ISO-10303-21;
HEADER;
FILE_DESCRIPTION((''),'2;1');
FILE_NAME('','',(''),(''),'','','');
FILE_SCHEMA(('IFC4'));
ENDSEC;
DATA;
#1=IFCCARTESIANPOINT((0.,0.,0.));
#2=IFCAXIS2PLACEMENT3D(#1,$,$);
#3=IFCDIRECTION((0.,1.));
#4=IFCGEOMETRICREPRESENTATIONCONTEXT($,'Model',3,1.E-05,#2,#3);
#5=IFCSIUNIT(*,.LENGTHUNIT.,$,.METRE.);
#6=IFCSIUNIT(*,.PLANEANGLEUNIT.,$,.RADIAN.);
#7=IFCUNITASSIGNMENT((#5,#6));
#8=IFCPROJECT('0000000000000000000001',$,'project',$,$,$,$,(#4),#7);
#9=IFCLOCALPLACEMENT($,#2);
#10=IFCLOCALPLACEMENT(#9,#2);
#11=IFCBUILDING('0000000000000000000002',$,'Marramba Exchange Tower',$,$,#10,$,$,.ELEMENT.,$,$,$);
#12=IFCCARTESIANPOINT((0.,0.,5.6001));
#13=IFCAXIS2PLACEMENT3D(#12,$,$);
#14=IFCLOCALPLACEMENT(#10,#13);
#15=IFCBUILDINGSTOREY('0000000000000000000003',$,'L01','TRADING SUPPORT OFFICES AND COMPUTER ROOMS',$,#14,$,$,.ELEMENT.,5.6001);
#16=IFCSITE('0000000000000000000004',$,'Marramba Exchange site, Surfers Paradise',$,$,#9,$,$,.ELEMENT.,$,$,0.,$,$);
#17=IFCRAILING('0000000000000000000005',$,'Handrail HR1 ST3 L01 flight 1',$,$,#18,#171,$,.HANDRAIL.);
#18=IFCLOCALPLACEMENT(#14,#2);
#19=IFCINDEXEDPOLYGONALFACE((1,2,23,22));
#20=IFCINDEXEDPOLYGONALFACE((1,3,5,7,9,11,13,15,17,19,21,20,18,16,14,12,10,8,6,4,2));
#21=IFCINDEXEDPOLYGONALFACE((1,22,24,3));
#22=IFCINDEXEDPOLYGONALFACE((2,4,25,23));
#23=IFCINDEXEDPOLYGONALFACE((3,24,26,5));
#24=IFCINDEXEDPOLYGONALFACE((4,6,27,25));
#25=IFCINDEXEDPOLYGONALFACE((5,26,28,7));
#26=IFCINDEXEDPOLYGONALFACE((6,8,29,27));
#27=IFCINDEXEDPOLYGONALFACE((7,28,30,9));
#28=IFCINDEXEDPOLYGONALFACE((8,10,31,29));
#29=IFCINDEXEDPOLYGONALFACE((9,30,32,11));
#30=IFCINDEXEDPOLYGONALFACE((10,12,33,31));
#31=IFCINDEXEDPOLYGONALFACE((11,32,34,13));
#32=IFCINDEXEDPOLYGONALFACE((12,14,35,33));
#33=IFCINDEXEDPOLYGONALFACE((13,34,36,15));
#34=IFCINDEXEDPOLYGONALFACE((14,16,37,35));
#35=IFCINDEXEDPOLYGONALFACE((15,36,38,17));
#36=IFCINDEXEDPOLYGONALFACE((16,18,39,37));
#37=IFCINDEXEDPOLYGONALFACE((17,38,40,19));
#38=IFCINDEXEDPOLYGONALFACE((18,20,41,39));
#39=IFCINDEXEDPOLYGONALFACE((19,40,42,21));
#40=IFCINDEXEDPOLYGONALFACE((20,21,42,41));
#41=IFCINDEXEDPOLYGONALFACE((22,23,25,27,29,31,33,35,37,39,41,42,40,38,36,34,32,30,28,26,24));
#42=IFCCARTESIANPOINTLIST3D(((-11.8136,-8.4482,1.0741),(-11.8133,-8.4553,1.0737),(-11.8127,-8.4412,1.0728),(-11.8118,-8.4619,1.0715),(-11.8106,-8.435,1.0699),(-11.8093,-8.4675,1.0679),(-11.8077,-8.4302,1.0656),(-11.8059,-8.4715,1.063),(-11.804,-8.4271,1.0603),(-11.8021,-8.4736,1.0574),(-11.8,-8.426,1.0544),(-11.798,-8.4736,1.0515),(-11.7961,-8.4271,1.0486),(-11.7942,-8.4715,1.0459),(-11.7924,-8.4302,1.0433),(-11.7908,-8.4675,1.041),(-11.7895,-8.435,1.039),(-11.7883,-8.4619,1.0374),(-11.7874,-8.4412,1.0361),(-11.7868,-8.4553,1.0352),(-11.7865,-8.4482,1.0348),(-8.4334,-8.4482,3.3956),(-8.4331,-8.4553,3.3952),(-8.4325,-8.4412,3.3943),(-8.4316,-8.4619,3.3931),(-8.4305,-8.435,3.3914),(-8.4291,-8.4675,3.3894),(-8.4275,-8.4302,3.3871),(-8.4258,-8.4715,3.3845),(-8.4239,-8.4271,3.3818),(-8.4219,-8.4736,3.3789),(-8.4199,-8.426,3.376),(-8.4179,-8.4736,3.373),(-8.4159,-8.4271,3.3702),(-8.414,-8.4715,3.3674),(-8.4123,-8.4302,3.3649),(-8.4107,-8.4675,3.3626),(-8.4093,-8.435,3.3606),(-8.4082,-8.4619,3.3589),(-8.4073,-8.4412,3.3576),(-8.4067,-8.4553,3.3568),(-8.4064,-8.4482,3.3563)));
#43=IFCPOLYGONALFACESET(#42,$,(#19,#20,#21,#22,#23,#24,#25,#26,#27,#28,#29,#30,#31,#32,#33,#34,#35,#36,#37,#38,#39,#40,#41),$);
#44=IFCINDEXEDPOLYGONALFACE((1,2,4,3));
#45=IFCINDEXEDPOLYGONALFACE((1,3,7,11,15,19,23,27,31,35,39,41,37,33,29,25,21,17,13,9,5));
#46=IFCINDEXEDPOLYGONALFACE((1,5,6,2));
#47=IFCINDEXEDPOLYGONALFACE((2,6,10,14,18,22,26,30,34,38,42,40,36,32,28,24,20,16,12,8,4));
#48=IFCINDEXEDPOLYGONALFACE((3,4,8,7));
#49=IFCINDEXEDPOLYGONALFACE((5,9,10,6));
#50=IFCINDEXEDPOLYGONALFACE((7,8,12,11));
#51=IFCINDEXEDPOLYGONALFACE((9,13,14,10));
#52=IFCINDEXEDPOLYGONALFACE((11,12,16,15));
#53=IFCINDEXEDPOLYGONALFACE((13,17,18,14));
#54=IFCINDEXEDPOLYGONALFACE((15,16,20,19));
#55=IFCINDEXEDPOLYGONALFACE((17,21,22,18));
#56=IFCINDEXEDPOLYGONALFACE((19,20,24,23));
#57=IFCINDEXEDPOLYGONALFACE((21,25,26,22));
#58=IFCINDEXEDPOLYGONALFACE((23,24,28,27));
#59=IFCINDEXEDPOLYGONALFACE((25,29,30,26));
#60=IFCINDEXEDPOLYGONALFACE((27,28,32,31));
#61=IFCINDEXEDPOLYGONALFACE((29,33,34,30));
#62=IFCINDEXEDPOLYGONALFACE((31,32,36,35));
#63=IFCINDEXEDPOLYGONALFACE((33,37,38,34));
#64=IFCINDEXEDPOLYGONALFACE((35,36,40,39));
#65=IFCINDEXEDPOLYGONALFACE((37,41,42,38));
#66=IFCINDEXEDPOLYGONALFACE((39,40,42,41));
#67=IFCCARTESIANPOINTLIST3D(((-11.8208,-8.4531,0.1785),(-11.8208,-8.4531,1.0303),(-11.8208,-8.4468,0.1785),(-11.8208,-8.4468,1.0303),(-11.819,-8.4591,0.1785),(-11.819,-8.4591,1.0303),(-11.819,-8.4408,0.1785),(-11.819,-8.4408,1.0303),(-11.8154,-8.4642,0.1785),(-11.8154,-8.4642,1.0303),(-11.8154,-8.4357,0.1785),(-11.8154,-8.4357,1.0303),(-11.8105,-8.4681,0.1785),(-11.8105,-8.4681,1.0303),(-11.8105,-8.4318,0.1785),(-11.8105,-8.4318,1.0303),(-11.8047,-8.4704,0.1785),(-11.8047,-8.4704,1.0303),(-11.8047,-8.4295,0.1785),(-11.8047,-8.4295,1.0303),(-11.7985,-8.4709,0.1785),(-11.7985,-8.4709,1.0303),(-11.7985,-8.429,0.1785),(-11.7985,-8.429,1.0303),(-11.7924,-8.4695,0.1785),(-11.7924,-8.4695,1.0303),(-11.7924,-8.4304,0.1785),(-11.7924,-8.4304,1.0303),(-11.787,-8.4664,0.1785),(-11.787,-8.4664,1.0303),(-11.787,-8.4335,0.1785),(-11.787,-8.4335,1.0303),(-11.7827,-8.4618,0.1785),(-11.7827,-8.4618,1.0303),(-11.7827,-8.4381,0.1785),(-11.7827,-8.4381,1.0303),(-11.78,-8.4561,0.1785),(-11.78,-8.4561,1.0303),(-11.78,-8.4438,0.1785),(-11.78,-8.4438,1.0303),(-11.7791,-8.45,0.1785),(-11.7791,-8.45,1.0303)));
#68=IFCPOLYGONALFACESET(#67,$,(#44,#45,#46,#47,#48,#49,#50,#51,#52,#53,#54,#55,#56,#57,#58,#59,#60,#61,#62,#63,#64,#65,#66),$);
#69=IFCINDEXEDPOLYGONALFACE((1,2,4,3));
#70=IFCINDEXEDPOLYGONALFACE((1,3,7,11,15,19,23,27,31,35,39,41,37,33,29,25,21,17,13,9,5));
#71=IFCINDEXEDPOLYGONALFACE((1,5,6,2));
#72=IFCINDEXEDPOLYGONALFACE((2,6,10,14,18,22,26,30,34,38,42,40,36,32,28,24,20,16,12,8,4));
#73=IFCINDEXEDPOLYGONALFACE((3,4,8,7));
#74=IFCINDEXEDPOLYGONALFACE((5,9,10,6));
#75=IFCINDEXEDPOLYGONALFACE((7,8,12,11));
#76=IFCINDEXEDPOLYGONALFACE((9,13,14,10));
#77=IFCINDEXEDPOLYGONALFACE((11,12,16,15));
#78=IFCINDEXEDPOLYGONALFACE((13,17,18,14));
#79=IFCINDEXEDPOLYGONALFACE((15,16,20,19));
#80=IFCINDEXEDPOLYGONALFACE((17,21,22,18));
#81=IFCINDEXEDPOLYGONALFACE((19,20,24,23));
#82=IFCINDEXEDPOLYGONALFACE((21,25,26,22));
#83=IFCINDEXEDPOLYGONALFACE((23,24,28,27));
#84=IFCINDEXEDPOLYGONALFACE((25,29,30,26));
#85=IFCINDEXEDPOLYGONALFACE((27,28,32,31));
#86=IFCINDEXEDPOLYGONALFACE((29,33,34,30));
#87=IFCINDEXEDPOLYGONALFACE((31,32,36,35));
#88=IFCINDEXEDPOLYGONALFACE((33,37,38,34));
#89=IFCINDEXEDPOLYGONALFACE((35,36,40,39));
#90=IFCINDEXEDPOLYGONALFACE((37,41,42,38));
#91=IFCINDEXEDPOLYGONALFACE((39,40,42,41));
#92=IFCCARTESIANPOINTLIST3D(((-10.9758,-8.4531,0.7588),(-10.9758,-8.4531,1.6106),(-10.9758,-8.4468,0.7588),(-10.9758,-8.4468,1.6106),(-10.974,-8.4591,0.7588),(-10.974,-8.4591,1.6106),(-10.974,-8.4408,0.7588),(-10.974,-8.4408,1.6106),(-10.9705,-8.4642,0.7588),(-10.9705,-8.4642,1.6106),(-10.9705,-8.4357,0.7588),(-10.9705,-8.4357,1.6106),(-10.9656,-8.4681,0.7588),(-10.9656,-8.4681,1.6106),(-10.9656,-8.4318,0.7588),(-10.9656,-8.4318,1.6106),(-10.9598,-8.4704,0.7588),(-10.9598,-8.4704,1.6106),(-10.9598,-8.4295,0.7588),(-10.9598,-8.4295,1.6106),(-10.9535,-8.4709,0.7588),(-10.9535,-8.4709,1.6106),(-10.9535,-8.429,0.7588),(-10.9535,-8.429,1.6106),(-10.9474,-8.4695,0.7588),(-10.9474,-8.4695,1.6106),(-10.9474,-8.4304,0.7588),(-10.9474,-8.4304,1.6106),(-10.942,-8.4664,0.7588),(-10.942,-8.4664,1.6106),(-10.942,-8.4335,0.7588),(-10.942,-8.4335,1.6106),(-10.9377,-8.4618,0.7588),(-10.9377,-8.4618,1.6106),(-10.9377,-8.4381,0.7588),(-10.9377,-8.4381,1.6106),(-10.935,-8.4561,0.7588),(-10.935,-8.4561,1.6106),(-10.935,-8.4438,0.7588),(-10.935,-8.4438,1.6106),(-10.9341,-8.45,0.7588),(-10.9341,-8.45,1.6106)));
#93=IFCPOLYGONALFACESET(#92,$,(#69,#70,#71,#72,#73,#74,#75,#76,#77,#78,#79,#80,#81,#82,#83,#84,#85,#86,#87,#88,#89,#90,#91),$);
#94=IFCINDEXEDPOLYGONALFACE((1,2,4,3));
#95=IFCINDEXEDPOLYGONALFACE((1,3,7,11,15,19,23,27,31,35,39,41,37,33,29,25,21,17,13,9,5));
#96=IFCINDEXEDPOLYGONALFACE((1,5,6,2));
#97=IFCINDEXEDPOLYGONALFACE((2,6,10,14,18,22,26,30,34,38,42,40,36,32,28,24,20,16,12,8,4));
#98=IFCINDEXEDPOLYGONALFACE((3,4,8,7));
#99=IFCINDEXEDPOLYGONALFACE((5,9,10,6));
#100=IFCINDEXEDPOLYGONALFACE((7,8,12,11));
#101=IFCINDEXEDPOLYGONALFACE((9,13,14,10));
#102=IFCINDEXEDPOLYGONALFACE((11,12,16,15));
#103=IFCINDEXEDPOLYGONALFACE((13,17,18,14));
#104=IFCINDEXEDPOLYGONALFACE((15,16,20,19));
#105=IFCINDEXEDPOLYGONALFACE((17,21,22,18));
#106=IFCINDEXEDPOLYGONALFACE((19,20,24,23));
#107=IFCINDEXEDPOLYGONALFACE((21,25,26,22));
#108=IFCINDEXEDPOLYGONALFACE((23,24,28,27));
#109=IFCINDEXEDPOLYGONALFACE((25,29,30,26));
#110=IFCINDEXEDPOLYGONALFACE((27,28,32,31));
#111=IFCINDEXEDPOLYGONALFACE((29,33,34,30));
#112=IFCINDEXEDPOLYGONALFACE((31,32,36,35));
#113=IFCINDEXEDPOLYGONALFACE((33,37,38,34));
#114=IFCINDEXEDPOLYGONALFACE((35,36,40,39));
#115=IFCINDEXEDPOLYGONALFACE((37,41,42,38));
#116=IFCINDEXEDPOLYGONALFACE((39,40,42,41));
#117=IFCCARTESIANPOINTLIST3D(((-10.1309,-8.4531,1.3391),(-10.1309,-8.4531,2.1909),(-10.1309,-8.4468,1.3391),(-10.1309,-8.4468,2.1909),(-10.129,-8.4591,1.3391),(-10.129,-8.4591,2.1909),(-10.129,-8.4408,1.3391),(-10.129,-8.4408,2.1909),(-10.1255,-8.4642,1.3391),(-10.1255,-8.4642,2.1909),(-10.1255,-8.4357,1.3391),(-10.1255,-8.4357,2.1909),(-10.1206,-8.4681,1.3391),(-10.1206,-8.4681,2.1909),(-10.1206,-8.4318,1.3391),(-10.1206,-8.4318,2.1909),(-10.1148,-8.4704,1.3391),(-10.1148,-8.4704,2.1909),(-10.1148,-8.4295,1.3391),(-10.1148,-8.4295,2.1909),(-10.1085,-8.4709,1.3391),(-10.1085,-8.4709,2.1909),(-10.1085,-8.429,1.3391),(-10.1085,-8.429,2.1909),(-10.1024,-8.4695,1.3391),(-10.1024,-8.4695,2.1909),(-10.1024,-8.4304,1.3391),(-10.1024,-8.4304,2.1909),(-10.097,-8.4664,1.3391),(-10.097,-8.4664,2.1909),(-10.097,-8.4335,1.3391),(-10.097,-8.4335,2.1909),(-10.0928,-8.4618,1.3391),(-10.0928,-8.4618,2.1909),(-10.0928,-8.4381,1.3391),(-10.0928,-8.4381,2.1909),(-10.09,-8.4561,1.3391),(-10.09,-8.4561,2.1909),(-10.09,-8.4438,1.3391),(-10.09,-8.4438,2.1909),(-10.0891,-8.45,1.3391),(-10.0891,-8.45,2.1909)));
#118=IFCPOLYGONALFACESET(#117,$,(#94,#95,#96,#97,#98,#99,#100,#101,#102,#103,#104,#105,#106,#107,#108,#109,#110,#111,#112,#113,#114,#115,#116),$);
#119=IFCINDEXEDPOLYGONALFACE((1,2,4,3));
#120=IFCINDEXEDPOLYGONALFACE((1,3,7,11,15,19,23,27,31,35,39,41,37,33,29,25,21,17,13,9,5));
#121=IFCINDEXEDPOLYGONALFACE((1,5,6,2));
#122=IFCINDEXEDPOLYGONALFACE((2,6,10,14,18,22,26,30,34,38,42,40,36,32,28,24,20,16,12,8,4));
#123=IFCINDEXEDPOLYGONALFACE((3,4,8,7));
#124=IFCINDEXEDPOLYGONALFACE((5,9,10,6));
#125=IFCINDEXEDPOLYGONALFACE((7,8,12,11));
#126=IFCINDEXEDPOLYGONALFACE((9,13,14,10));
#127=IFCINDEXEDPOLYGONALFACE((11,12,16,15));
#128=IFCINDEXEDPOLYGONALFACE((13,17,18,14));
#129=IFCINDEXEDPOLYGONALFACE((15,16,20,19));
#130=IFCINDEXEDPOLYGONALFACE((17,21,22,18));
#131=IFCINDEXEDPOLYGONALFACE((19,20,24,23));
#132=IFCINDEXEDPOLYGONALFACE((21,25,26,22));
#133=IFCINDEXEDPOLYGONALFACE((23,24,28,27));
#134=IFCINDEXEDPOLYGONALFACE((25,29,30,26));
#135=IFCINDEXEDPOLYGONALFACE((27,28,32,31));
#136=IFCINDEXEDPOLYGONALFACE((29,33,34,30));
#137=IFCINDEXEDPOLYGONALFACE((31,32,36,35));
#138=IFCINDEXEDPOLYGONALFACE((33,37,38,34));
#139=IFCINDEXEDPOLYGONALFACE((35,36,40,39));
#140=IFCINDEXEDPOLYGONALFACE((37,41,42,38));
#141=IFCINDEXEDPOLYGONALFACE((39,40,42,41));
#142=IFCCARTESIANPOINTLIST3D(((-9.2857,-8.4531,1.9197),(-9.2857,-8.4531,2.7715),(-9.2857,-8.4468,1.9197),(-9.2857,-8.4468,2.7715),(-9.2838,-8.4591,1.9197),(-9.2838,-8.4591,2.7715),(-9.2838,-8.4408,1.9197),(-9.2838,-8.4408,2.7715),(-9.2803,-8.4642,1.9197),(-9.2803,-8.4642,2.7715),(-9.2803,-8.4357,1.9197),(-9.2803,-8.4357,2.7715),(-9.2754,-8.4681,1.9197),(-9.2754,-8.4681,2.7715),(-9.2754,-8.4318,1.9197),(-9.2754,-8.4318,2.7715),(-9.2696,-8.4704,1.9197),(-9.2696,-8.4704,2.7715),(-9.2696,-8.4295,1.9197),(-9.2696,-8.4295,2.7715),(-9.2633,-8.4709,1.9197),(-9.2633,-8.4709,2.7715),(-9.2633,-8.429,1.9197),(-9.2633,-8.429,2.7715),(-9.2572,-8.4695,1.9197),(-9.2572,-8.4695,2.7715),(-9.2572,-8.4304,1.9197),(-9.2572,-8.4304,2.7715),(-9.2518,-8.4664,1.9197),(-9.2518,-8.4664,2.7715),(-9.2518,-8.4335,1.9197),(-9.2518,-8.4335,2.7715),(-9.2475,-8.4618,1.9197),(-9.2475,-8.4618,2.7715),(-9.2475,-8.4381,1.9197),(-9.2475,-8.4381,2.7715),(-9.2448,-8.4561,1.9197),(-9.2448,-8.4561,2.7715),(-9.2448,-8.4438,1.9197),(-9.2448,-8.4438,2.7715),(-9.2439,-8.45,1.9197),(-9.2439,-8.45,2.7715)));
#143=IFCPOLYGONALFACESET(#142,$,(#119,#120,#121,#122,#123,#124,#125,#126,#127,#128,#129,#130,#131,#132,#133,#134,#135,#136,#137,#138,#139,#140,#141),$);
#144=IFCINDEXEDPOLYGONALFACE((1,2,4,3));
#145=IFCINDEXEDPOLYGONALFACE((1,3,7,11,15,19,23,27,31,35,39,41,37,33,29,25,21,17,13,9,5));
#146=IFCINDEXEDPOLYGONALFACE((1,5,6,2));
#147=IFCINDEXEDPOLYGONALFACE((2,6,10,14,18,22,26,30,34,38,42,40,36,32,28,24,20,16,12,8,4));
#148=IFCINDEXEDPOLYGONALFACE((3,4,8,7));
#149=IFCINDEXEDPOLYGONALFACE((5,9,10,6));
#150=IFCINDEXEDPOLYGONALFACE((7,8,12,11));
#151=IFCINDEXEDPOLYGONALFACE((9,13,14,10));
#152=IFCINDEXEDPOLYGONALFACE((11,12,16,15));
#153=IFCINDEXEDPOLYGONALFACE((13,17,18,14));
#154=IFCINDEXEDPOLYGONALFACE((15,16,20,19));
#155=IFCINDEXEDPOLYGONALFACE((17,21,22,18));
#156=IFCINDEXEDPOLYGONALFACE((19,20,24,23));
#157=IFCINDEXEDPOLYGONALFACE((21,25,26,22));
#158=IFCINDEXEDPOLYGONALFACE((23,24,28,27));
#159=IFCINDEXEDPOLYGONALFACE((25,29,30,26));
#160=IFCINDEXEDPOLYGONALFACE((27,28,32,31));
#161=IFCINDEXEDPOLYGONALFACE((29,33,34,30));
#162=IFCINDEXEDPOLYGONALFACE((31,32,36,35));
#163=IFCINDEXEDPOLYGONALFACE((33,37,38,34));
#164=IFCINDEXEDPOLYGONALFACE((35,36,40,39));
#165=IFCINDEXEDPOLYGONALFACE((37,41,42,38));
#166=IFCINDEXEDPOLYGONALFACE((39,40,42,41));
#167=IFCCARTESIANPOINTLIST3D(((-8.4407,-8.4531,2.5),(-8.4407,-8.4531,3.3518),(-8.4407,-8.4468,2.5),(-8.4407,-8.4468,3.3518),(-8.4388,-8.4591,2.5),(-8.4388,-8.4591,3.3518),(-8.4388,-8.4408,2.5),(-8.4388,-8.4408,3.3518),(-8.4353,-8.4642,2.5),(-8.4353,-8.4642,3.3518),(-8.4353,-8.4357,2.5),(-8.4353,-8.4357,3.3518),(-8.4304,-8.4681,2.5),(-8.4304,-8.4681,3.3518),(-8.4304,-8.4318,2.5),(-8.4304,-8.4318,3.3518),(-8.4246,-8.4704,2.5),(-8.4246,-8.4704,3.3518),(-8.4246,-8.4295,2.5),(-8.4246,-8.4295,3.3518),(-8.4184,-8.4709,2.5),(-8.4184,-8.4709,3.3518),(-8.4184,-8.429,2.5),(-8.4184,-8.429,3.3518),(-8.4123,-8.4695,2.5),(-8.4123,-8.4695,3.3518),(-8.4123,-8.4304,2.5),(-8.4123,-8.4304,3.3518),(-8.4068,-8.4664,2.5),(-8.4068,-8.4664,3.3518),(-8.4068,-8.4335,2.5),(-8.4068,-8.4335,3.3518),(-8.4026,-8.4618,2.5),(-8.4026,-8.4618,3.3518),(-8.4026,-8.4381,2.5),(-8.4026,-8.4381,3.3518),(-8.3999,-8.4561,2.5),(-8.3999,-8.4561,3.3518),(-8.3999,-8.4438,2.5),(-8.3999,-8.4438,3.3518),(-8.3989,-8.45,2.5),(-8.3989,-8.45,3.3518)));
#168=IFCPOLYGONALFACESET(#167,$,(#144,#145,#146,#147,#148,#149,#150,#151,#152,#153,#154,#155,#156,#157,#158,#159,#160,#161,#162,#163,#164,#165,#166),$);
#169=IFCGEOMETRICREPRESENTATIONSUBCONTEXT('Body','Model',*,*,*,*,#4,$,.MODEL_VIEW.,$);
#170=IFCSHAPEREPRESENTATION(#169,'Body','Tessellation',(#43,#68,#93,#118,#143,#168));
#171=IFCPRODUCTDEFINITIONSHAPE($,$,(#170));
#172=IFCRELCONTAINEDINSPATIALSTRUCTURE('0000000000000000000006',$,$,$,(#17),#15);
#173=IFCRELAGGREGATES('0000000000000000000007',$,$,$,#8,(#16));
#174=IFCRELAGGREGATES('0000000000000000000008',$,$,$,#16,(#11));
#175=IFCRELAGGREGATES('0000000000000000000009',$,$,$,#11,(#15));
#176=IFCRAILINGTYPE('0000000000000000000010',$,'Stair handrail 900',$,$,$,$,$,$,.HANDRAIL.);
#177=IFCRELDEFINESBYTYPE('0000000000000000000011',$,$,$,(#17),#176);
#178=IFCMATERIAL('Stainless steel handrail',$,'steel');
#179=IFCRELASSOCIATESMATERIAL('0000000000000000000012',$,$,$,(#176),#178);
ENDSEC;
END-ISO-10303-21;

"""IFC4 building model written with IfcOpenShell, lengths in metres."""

from ifc_helpers import new_model, si_unit, direction, frame, origin, origin_2d, place, context, subcontext, project, spatial, circle, extrude, material, type_object, element, save


model = new_model("IFC4")

# Units and contexts
model_context = context("Model", 3, precision=1e-05, world=origin(), true_north=direction((0.0, 1.0)))
body_context = subcontext(model_context, "Body", "Model", "MODEL_VIEW")
ifc_project = project(units=[si_unit("LENGTHUNIT", "METRE"), si_unit("PLANEANGLEUNIT", "RADIAN")], contexts=[model_context])

# Site, building, storey
site_placement = place(None, origin())
site = spatial("IfcSite", under=ifc_project, at=site_placement, Name="Marramba Exchange site, Surfers Paradise", CompositionType="ELEMENT", RefElevation=0.0)
building_placement = place(site_placement, origin())
building = spatial("IfcBuilding", under=site, at=building_placement, Name="Marramba Exchange Tower", CompositionType="ELEMENT")
storey_placement = place(building_placement, frame((0.0, 0.0, 5.6001)))
storey = spatial("IfcBuildingStorey", under=building, at=storey_placement, Name="L01", Description="TRADING SUPPORT OFFICES AND COMPUTER ROOMS", CompositionType="ELEMENT", Elevation=5.6001)

# Railing
ifc_material_1 = material(Name="Stainless steel handrail", Category="steel")
railing_type_1 = type_object("IfcRailingType", Name="Stair handrail 900", PredefinedType="HANDRAIL", material=ifc_material_1)
railing_1_placement = place(storey_placement, frame((-11.8, -8.45, 0.1785)))
element("IfcRailing", 1, at=railing_1_placement, inside=storey, type_object=railing_type_1, Name="Handrail HR1 ST3 L01 flight 1", PredefinedType="HANDRAIL", context=body_context, shape_type="SweptSolid", body=[
    extrude(circle(Radius=0.0239, at=origin_2d()), frame((0.0, 0.0, 0.876), z_axis=(0.824304, 0.0, 0.566147), x_axis=(0.0, 1.0, 0.0)), (0.0, 0.0, 1.0), 4.1006),
    extrude(circle(Radius=0.021, at=origin_2d()), origin(), (0.0, 0.0, 1.0), 0.8518),
    extrude(circle(Radius=0.021, at=origin_2d()), frame((0.845, 0.0, 0.5803)), (0.0, 0.0, 1.0), 0.8518),
    extrude(circle(Radius=0.021, at=origin_2d()), frame((1.6899, 0.0, 1.1606)), (0.0, 0.0, 1.0), 0.8518),
    extrude(circle(Radius=0.021, at=origin_2d()), frame((2.5352, 0.0, 1.7412)), (0.0, 0.0, 1.0), 0.8518),
    extrude(circle(Radius=0.021, at=origin_2d()), frame((3.3801, 0.0, 2.3215)), (0.0, 0.0, 1.0), 0.8518),
])

save(model, "model.ifc")
